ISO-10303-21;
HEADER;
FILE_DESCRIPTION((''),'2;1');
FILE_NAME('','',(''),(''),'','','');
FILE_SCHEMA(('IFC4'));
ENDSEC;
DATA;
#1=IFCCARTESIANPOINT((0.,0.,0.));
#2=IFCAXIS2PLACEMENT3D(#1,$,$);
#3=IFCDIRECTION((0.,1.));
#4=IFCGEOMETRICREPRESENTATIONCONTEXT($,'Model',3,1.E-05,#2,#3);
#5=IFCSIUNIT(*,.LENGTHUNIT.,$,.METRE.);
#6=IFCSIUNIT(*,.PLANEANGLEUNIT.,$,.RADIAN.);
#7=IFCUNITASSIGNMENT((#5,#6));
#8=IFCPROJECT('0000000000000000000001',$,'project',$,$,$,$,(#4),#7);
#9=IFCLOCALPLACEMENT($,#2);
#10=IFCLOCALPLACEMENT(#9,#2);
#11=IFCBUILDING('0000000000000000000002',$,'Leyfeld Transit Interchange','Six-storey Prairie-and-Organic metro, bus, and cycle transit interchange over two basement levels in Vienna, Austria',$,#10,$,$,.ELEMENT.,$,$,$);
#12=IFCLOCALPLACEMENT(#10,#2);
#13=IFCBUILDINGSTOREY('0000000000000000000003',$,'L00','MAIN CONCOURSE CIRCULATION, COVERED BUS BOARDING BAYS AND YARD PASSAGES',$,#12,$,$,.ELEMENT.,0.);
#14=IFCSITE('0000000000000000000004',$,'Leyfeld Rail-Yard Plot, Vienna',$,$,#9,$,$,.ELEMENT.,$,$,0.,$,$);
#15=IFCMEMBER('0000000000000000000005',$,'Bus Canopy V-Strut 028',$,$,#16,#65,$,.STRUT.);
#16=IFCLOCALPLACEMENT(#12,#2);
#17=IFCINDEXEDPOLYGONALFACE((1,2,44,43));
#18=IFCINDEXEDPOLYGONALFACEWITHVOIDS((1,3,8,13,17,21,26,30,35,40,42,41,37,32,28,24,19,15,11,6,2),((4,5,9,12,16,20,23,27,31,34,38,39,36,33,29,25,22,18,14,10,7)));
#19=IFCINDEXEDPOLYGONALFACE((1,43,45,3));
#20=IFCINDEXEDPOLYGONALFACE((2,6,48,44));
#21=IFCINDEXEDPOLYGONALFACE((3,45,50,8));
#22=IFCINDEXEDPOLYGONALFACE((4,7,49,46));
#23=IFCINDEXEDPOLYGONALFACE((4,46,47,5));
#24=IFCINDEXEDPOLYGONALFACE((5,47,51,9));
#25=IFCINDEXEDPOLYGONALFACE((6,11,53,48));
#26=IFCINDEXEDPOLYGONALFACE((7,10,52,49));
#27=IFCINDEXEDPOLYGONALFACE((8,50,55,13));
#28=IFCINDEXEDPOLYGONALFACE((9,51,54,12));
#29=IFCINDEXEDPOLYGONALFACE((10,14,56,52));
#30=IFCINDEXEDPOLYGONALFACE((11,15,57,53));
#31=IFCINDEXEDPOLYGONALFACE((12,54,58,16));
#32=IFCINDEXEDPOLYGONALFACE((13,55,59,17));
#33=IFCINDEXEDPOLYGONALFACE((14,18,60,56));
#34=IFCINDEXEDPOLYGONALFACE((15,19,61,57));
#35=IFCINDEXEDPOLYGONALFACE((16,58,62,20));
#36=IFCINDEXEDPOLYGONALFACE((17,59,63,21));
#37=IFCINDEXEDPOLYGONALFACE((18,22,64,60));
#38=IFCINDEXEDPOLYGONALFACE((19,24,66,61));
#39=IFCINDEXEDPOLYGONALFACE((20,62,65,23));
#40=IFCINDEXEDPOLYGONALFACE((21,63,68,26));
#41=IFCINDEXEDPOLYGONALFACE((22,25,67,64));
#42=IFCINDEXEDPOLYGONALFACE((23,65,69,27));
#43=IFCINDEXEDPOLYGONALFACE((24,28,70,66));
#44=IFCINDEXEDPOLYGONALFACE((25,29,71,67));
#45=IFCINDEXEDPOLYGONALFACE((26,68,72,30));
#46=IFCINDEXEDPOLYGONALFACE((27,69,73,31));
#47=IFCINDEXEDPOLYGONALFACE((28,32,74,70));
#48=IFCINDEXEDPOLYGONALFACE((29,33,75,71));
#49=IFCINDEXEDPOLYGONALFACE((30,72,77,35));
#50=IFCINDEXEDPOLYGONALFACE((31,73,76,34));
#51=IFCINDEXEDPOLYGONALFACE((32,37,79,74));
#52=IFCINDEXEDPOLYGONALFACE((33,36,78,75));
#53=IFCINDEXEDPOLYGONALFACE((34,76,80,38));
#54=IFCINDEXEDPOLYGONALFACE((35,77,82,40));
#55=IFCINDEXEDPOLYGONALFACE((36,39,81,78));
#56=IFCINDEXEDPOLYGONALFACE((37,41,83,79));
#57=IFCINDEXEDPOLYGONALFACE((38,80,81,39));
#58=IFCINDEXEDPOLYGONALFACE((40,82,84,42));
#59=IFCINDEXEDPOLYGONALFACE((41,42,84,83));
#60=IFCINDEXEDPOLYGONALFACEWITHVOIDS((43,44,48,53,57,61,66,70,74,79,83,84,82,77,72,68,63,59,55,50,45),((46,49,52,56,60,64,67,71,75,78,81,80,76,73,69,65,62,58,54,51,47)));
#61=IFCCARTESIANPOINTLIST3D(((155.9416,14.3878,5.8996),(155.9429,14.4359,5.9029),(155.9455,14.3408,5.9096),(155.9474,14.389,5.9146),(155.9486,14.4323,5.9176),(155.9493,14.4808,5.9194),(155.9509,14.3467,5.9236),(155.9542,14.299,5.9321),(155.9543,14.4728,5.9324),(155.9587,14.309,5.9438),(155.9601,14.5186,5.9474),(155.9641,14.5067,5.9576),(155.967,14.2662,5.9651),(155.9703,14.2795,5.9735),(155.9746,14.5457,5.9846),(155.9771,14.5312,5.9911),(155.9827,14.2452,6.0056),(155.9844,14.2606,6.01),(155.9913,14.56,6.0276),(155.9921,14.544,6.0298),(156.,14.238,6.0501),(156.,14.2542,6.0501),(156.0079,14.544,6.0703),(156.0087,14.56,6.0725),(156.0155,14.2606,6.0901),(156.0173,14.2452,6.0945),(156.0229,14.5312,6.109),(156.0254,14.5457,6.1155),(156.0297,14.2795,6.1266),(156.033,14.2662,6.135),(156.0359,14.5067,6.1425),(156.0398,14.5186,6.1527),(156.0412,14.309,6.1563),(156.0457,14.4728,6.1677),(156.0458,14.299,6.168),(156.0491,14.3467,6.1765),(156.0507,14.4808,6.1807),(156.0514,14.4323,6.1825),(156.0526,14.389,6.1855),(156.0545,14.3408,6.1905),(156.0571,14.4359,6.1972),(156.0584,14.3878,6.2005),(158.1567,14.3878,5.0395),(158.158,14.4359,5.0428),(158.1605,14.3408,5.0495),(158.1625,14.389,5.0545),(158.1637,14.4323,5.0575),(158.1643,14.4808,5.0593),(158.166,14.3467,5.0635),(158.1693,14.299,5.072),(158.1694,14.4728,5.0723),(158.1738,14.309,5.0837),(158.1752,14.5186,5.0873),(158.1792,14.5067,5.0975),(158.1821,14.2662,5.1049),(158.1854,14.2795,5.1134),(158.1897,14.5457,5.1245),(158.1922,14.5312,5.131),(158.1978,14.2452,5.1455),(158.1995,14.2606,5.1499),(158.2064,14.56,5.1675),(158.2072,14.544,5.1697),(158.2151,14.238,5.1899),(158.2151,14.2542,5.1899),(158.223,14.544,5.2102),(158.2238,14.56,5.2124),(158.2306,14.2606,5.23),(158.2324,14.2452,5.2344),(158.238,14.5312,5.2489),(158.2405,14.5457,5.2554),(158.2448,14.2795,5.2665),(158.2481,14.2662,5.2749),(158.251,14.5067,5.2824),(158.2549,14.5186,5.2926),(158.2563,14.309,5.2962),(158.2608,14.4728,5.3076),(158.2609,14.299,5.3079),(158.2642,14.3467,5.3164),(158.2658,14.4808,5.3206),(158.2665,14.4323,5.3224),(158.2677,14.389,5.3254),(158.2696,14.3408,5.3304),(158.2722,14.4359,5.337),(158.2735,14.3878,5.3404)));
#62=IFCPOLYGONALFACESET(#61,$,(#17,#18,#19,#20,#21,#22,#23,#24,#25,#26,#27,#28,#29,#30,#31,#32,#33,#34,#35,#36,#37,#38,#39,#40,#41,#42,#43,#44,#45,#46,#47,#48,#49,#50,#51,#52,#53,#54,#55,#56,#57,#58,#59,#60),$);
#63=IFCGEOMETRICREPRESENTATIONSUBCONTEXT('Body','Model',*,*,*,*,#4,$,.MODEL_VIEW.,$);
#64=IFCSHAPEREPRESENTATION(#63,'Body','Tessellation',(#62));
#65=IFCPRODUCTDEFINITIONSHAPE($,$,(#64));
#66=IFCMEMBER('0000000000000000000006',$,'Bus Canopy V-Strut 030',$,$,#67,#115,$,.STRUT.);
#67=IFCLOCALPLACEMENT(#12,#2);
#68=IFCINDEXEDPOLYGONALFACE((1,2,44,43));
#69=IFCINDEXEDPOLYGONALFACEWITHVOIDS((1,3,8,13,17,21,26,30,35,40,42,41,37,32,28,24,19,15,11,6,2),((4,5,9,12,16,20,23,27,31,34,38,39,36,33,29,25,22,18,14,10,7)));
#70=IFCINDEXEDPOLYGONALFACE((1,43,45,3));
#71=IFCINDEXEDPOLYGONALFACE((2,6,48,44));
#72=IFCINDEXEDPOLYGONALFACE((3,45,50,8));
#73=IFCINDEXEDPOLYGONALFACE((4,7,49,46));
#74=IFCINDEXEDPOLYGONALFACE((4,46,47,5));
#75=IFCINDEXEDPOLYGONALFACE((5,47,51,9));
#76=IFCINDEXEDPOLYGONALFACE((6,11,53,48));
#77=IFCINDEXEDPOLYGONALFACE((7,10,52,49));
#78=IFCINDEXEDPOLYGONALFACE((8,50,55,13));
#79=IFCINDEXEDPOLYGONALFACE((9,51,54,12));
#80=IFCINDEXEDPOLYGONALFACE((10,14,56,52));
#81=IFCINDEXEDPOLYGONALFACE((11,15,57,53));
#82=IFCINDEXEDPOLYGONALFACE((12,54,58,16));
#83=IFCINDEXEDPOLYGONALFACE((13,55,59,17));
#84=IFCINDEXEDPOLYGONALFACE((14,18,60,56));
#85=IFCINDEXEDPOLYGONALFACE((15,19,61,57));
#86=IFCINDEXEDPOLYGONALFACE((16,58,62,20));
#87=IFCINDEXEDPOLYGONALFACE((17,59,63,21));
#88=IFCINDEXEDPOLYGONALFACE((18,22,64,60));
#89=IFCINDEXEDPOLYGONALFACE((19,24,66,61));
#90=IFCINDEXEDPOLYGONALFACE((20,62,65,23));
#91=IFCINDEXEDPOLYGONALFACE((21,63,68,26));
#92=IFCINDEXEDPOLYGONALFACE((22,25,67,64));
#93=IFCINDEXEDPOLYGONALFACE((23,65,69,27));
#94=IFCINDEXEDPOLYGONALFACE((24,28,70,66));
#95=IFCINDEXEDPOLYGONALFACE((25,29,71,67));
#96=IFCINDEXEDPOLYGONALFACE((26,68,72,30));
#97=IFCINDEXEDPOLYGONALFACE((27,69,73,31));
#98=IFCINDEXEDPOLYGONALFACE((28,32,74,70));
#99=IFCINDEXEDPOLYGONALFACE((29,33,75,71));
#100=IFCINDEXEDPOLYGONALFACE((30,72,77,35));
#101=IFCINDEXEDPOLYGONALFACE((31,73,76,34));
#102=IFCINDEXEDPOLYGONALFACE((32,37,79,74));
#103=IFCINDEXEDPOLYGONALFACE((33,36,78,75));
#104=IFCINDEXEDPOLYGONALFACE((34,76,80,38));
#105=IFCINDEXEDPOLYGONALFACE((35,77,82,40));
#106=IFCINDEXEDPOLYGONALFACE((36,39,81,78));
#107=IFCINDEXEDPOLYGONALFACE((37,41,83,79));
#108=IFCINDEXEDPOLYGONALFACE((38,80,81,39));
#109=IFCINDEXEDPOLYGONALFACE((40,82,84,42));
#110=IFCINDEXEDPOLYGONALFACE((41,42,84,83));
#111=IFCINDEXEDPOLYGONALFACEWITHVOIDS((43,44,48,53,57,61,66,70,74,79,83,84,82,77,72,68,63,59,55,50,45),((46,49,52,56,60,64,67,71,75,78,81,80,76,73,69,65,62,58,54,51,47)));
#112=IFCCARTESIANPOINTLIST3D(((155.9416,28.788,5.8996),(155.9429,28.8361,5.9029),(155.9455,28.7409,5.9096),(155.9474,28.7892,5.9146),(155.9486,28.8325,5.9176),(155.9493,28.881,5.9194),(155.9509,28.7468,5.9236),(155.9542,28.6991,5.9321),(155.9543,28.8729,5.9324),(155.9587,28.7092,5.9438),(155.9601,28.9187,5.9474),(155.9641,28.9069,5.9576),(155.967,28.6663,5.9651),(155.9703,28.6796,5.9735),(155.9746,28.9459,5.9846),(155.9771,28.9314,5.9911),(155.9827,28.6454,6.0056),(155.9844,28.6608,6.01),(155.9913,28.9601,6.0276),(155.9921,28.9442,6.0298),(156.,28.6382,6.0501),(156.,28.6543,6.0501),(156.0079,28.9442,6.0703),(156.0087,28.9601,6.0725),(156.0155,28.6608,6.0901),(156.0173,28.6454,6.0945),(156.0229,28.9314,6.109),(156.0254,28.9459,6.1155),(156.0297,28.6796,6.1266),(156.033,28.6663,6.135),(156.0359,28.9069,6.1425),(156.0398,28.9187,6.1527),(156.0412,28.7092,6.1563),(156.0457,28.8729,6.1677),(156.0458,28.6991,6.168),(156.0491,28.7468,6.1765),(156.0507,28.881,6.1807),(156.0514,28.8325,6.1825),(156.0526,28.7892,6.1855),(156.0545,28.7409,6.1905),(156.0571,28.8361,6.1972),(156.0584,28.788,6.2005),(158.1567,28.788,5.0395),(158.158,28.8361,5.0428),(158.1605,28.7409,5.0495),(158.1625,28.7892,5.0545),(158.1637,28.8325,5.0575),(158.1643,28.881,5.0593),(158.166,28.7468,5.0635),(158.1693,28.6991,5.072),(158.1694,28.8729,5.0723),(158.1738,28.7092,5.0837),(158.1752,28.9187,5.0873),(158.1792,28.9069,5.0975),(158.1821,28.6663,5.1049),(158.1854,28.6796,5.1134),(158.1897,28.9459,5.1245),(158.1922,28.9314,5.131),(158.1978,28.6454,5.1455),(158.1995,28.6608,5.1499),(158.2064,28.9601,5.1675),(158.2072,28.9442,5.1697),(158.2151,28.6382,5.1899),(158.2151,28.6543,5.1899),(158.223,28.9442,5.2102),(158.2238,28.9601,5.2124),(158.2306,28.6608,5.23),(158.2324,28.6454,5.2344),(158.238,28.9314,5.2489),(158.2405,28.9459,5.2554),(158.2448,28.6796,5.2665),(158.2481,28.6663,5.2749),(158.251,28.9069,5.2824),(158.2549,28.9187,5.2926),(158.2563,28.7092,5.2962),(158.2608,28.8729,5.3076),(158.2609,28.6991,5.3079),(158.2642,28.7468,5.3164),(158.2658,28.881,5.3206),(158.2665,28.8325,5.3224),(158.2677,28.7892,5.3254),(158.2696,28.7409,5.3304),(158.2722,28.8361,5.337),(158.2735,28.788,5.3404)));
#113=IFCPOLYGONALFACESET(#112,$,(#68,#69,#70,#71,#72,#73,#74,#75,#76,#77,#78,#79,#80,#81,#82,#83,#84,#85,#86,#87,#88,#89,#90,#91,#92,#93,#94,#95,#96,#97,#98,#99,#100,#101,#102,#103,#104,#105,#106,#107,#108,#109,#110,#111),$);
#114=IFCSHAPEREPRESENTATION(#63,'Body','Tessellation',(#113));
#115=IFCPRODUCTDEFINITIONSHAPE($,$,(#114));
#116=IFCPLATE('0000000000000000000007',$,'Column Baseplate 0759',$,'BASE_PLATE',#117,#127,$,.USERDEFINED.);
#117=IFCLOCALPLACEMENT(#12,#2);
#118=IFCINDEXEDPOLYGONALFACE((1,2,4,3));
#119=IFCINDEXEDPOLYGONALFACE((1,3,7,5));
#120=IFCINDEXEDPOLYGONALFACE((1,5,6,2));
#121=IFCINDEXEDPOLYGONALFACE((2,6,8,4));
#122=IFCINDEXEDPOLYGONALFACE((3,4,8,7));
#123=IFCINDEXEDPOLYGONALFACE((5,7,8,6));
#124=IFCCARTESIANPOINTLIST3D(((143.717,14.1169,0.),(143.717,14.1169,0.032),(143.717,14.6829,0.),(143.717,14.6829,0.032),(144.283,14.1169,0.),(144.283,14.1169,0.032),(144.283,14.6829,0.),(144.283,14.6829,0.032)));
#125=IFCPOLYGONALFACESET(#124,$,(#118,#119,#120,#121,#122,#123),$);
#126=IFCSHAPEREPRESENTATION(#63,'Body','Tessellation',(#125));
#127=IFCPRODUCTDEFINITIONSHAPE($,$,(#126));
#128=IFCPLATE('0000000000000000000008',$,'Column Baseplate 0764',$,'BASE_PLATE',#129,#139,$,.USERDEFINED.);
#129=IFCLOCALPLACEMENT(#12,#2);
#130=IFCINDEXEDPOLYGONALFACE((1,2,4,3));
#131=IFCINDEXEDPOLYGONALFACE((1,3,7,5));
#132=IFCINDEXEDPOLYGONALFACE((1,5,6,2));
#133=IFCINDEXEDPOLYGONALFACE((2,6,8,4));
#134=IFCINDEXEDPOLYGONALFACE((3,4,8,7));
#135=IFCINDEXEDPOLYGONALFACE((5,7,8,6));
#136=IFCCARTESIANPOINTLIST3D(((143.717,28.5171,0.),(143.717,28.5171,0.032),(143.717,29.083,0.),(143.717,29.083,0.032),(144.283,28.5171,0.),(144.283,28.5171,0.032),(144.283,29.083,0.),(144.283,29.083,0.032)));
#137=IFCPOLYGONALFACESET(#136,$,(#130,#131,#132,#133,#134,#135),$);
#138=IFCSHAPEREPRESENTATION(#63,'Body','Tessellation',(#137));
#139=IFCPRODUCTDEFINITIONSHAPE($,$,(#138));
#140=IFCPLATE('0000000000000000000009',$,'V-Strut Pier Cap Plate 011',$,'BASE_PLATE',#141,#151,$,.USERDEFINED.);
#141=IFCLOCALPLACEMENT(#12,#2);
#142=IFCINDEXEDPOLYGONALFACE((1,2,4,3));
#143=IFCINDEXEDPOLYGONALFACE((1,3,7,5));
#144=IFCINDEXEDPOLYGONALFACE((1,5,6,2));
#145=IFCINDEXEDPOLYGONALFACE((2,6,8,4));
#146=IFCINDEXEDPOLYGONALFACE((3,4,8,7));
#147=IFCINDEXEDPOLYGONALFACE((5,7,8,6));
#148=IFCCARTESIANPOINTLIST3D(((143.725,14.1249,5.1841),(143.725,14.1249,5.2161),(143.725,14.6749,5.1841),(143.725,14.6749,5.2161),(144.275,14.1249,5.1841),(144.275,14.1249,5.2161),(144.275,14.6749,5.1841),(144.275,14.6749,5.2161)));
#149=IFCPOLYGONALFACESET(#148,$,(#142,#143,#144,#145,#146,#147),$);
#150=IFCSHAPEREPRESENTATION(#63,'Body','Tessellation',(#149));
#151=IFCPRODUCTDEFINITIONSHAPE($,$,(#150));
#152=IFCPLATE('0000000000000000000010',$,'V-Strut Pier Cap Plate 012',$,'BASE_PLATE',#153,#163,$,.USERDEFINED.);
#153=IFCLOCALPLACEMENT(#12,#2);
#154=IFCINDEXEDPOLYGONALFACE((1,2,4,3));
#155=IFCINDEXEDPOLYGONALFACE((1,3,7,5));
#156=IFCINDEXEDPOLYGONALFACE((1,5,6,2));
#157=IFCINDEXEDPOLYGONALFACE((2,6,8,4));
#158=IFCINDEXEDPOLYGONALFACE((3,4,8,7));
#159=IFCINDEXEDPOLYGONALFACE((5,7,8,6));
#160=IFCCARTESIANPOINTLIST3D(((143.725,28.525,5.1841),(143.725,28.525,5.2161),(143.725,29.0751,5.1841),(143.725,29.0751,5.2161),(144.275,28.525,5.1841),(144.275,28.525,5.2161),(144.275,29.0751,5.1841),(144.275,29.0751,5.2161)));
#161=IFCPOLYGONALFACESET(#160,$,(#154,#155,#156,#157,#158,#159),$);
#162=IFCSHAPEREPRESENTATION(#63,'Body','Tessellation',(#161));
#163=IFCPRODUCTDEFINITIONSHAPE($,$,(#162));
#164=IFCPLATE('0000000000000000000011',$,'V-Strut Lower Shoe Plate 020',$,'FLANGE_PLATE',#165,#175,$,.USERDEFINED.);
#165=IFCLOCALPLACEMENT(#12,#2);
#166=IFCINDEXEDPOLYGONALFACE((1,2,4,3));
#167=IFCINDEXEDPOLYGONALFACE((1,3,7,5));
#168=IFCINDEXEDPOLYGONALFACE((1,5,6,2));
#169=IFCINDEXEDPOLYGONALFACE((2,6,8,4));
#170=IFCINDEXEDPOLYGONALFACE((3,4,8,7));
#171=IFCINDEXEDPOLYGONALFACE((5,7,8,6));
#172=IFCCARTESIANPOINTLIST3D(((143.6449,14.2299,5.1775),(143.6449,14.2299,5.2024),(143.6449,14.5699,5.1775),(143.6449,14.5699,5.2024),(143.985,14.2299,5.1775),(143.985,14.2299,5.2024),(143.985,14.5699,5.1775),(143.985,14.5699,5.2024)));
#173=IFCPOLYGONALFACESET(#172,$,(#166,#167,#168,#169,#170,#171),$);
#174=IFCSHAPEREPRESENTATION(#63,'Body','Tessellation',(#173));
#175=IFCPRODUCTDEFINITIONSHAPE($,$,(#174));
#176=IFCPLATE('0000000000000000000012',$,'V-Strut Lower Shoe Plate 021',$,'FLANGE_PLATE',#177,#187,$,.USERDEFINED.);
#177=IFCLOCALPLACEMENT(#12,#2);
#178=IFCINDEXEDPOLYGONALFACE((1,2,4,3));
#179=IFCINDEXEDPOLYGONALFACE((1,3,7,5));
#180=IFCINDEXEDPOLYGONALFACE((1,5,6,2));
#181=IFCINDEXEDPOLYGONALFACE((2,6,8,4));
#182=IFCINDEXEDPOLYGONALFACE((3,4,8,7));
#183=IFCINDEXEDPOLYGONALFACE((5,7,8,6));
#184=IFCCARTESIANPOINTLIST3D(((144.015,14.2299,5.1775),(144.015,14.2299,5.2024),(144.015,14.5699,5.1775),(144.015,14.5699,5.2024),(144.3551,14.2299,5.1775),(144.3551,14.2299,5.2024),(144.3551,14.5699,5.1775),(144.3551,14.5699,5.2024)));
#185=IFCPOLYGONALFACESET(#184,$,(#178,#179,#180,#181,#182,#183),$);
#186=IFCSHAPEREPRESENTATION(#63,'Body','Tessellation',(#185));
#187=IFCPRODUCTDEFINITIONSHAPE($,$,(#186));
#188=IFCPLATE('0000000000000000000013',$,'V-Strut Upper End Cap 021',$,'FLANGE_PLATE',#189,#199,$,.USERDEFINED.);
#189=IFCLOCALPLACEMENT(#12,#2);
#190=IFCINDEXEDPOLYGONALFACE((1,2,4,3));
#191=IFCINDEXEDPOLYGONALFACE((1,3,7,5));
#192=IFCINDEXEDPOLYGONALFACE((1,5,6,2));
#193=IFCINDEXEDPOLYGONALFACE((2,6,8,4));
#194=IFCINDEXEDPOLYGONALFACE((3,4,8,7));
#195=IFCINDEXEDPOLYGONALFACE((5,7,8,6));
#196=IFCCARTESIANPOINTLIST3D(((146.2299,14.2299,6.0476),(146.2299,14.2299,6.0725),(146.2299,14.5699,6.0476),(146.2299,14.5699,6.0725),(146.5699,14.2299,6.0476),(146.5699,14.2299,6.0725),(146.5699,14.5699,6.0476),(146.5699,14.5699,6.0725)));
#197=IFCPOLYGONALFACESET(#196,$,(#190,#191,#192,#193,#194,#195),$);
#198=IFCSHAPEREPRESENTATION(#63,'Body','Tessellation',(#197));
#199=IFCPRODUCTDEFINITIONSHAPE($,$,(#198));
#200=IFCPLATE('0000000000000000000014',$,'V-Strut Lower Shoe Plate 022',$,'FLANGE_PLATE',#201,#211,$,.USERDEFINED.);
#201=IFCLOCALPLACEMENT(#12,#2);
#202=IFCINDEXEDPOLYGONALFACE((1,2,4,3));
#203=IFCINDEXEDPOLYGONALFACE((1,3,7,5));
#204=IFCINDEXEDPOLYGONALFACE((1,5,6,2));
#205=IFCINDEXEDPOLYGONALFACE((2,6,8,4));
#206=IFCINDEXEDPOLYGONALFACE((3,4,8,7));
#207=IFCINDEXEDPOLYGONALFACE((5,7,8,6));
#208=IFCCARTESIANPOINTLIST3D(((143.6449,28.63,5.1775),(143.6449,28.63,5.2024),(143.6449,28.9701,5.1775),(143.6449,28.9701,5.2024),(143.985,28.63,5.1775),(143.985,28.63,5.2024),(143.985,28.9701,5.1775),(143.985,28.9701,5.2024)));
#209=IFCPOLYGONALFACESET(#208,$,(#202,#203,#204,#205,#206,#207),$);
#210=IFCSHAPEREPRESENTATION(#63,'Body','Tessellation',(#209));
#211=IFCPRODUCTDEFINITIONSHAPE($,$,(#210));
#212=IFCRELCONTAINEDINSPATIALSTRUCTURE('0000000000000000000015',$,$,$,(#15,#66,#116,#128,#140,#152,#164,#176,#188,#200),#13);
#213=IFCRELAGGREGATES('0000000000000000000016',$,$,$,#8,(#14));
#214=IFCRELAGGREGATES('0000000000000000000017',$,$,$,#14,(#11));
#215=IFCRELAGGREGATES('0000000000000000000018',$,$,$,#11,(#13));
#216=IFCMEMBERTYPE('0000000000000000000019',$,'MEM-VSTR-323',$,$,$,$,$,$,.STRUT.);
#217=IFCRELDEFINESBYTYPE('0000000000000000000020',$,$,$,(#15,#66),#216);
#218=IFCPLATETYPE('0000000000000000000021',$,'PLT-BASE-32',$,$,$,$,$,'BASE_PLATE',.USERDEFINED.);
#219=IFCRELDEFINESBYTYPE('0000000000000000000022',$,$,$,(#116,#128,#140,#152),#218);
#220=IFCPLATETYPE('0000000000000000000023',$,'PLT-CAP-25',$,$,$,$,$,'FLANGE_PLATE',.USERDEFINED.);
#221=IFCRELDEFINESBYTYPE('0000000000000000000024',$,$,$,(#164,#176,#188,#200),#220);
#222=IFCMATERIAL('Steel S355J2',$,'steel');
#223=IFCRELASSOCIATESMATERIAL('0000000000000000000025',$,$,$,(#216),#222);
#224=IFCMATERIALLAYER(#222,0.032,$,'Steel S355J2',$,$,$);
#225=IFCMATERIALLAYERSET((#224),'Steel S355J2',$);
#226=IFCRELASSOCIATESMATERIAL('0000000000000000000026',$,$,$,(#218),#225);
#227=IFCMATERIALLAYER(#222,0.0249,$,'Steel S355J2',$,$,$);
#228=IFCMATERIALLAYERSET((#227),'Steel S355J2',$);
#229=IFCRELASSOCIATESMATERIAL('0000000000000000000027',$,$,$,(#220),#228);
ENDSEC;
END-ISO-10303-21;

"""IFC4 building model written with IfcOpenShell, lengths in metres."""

from ifc_helpers import new_model, si_unit, direction, frame, origin, origin_2d, place, context, subcontext, project, spatial, rectangle, hollow_circle, extrude, material, layer, layer_set, material_profile, profile_set, type_object, element, save


model = new_model("IFC4")

# Units and contexts
model_context = context("Model", 3, precision=1e-05, world=origin(), true_north=direction((0.0, 1.0)))
body_context = subcontext(model_context, "Body", "Model", "MODEL_VIEW")
ifc_project = project(units=[si_unit("LENGTHUNIT", "METRE"), si_unit("PLANEANGLEUNIT", "RADIAN")], contexts=[model_context])

# Site, building, storey
site_placement = place(None, origin())
site = spatial("IfcSite", under=ifc_project, at=site_placement, Name="Leyfeld Rail-Yard Plot, Vienna", CompositionType="ELEMENT", RefElevation=0.0)
building_placement = place(site_placement, origin())
building = spatial("IfcBuilding", under=site, at=building_placement, Name="Leyfeld Transit Interchange", Description="Six-storey Prairie-and-Organic metro, bus, and cycle transit interchange over two basement levels in Vienna, Austria", CompositionType="ELEMENT")
storey_placement = place(building_placement, origin())
storey = spatial("IfcBuildingStorey", under=building, at=storey_placement, Name="L00", Description="MAIN CONCOURSE CIRCULATION, COVERED BUS BOARDING BAYS AND YARD PASSAGES", CompositionType="ELEMENT", Elevation=0.0)

# Shared definitions
ifc_material = material(Name="Steel S355J2", Category="steel")

# Members
ifc_material_profile_1 = material_profile(ifc_material, hollow_circle(Radius=0.1619, WallThickness=0.0161, at=origin_2d()), Name="CHS 323.9x16")
ifc_profile_set_1 = profile_set([ifc_material_profile_1], Name="Steel S355J2")
member_type_1 = type_object("IfcMemberType", Name="MEM-VSTR-323", PredefinedType="STRUT", material=ifc_profile_set_1)
for number, where, z_axis, x_axis, name in (
    (1, (158.2151, 14.3999, 5.1899), (-0.932192, 0.0, 0.361965), (0.0, -1.0, 0.0), "Bus Canopy V-Strut 028"),
    (2, (158.2151, 28.8, 5.1899), (-0.932192, 0.0, 0.361965), (0.0, -1.0, 0.0), "Bus Canopy V-Strut 030"),
):
    element("IfcMember", number, at=place(storey_placement, frame(where, z_axis=z_axis, x_axis=x_axis)), inside=storey, type_object=member_type_1, Name=name, PredefinedType="STRUT", context=body_context, shape_type="SweptSolid", body=[
        extrude(hollow_circle(Radius=0.1619, WallThickness=0.0161, at=origin_2d()), origin(), (0.0, 0.0, 1.0), 2.3762),
    ])

# Plates
ifc_layer_1 = layer(ifc_material, 0.032, Name="Steel S355J2")
ifc_layer_set_1 = layer_set([ifc_layer_1], Name="Steel S355J2")
plate_type_1 = type_object("IfcPlateType", Name="PLT-BASE-32", ElementType="BASE_PLATE", PredefinedType="USERDEFINED", material=ifc_layer_set_1)
for number, where, z_axis, x_axis, name in (
    (3, (144.0, 14.3999, 0.0), (0.0, 0.0, 1.0), (1.0, 0.0, 0.0), "Column Baseplate 0759"),
    (4, (144.0, 28.8, 0.0), (0.0, 0.0, 1.0), (1.0, 0.0, 0.0), "Column Baseplate 0764"),
):
    element("IfcPlate", number, at=place(storey_placement, frame(where, z_axis=z_axis, x_axis=x_axis)), inside=storey, type_object=plate_type_1, Name=name, ObjectType="BASE_PLATE", PredefinedType="USERDEFINED", context=body_context, shape_type="SweptSolid", body=[
        extrude(rectangle(XDim=0.5659, YDim=0.5659, at=origin_2d()), origin(), (0.0, 0.0, 1.0), 0.032),
    ])
for number, where, z_axis, x_axis, name in (
    (5, (144.0, 14.3999, 5.1841), (0.0, 0.0, 1.0), (1.0, 0.0, 0.0), "V-Strut Pier Cap Plate 011"),
    (6, (144.0, 28.8, 5.1841), (0.0, 0.0, 1.0), (1.0, 0.0, 0.0), "V-Strut Pier Cap Plate 012"),
):
    element("IfcPlate", number, at=place(storey_placement, frame(where, z_axis=z_axis, x_axis=x_axis)), inside=storey, type_object=plate_type_1, Name=name, ObjectType="BASE_PLATE", PredefinedType="USERDEFINED", context=body_context, shape_type="SweptSolid", body=[
        extrude(rectangle(XDim=0.55, YDim=0.55, at=origin_2d()), origin(), (0.0, 0.0, 1.0), 0.032),
    ])
ifc_layer_2 = layer(ifc_material, 0.0249, Name="Steel S355J2")
ifc_layer_set_2 = layer_set([ifc_layer_2], Name="Steel S355J2")
plate_type_2 = type_object("IfcPlateType", Name="PLT-CAP-25", ElementType="FLANGE_PLATE", PredefinedType="USERDEFINED", material=ifc_layer_set_2)
for number, where, z_axis, x_axis, name in (
    (7, (143.8149, 14.3999, 5.1775), (0.0, 0.0, 1.0), (1.0, 0.0, 0.0), "V-Strut Lower Shoe Plate 020"),
    (8, (144.1851, 14.3999, 5.1775), (0.0, 0.0, 1.0), (1.0, 0.0, 0.0), "V-Strut Lower Shoe Plate 021"),
    (9, (146.3999, 14.3999, 6.0476), (0.0, 0.0, 1.0), (1.0, 0.0, 0.0), "V-Strut Upper End Cap 021"),
    (10, (143.8149, 28.8, 5.1775), (0.0, 0.0, 1.0), (1.0, 0.0, 0.0), "V-Strut Lower Shoe Plate 022"),
):
    element("IfcPlate", number, at=place(storey_placement, frame(where, z_axis=z_axis, x_axis=x_axis)), inside=storey, type_object=plate_type_2, Name=name, ObjectType="FLANGE_PLATE", PredefinedType="USERDEFINED", context=body_context, shape_type="SweptSolid", body=[
        extrude(rectangle(XDim=0.3401, YDim=0.3401, at=origin_2d()), origin(), (0.0, 0.0, 1.0), 0.0249),
    ])

save(model, "model.ifc")
